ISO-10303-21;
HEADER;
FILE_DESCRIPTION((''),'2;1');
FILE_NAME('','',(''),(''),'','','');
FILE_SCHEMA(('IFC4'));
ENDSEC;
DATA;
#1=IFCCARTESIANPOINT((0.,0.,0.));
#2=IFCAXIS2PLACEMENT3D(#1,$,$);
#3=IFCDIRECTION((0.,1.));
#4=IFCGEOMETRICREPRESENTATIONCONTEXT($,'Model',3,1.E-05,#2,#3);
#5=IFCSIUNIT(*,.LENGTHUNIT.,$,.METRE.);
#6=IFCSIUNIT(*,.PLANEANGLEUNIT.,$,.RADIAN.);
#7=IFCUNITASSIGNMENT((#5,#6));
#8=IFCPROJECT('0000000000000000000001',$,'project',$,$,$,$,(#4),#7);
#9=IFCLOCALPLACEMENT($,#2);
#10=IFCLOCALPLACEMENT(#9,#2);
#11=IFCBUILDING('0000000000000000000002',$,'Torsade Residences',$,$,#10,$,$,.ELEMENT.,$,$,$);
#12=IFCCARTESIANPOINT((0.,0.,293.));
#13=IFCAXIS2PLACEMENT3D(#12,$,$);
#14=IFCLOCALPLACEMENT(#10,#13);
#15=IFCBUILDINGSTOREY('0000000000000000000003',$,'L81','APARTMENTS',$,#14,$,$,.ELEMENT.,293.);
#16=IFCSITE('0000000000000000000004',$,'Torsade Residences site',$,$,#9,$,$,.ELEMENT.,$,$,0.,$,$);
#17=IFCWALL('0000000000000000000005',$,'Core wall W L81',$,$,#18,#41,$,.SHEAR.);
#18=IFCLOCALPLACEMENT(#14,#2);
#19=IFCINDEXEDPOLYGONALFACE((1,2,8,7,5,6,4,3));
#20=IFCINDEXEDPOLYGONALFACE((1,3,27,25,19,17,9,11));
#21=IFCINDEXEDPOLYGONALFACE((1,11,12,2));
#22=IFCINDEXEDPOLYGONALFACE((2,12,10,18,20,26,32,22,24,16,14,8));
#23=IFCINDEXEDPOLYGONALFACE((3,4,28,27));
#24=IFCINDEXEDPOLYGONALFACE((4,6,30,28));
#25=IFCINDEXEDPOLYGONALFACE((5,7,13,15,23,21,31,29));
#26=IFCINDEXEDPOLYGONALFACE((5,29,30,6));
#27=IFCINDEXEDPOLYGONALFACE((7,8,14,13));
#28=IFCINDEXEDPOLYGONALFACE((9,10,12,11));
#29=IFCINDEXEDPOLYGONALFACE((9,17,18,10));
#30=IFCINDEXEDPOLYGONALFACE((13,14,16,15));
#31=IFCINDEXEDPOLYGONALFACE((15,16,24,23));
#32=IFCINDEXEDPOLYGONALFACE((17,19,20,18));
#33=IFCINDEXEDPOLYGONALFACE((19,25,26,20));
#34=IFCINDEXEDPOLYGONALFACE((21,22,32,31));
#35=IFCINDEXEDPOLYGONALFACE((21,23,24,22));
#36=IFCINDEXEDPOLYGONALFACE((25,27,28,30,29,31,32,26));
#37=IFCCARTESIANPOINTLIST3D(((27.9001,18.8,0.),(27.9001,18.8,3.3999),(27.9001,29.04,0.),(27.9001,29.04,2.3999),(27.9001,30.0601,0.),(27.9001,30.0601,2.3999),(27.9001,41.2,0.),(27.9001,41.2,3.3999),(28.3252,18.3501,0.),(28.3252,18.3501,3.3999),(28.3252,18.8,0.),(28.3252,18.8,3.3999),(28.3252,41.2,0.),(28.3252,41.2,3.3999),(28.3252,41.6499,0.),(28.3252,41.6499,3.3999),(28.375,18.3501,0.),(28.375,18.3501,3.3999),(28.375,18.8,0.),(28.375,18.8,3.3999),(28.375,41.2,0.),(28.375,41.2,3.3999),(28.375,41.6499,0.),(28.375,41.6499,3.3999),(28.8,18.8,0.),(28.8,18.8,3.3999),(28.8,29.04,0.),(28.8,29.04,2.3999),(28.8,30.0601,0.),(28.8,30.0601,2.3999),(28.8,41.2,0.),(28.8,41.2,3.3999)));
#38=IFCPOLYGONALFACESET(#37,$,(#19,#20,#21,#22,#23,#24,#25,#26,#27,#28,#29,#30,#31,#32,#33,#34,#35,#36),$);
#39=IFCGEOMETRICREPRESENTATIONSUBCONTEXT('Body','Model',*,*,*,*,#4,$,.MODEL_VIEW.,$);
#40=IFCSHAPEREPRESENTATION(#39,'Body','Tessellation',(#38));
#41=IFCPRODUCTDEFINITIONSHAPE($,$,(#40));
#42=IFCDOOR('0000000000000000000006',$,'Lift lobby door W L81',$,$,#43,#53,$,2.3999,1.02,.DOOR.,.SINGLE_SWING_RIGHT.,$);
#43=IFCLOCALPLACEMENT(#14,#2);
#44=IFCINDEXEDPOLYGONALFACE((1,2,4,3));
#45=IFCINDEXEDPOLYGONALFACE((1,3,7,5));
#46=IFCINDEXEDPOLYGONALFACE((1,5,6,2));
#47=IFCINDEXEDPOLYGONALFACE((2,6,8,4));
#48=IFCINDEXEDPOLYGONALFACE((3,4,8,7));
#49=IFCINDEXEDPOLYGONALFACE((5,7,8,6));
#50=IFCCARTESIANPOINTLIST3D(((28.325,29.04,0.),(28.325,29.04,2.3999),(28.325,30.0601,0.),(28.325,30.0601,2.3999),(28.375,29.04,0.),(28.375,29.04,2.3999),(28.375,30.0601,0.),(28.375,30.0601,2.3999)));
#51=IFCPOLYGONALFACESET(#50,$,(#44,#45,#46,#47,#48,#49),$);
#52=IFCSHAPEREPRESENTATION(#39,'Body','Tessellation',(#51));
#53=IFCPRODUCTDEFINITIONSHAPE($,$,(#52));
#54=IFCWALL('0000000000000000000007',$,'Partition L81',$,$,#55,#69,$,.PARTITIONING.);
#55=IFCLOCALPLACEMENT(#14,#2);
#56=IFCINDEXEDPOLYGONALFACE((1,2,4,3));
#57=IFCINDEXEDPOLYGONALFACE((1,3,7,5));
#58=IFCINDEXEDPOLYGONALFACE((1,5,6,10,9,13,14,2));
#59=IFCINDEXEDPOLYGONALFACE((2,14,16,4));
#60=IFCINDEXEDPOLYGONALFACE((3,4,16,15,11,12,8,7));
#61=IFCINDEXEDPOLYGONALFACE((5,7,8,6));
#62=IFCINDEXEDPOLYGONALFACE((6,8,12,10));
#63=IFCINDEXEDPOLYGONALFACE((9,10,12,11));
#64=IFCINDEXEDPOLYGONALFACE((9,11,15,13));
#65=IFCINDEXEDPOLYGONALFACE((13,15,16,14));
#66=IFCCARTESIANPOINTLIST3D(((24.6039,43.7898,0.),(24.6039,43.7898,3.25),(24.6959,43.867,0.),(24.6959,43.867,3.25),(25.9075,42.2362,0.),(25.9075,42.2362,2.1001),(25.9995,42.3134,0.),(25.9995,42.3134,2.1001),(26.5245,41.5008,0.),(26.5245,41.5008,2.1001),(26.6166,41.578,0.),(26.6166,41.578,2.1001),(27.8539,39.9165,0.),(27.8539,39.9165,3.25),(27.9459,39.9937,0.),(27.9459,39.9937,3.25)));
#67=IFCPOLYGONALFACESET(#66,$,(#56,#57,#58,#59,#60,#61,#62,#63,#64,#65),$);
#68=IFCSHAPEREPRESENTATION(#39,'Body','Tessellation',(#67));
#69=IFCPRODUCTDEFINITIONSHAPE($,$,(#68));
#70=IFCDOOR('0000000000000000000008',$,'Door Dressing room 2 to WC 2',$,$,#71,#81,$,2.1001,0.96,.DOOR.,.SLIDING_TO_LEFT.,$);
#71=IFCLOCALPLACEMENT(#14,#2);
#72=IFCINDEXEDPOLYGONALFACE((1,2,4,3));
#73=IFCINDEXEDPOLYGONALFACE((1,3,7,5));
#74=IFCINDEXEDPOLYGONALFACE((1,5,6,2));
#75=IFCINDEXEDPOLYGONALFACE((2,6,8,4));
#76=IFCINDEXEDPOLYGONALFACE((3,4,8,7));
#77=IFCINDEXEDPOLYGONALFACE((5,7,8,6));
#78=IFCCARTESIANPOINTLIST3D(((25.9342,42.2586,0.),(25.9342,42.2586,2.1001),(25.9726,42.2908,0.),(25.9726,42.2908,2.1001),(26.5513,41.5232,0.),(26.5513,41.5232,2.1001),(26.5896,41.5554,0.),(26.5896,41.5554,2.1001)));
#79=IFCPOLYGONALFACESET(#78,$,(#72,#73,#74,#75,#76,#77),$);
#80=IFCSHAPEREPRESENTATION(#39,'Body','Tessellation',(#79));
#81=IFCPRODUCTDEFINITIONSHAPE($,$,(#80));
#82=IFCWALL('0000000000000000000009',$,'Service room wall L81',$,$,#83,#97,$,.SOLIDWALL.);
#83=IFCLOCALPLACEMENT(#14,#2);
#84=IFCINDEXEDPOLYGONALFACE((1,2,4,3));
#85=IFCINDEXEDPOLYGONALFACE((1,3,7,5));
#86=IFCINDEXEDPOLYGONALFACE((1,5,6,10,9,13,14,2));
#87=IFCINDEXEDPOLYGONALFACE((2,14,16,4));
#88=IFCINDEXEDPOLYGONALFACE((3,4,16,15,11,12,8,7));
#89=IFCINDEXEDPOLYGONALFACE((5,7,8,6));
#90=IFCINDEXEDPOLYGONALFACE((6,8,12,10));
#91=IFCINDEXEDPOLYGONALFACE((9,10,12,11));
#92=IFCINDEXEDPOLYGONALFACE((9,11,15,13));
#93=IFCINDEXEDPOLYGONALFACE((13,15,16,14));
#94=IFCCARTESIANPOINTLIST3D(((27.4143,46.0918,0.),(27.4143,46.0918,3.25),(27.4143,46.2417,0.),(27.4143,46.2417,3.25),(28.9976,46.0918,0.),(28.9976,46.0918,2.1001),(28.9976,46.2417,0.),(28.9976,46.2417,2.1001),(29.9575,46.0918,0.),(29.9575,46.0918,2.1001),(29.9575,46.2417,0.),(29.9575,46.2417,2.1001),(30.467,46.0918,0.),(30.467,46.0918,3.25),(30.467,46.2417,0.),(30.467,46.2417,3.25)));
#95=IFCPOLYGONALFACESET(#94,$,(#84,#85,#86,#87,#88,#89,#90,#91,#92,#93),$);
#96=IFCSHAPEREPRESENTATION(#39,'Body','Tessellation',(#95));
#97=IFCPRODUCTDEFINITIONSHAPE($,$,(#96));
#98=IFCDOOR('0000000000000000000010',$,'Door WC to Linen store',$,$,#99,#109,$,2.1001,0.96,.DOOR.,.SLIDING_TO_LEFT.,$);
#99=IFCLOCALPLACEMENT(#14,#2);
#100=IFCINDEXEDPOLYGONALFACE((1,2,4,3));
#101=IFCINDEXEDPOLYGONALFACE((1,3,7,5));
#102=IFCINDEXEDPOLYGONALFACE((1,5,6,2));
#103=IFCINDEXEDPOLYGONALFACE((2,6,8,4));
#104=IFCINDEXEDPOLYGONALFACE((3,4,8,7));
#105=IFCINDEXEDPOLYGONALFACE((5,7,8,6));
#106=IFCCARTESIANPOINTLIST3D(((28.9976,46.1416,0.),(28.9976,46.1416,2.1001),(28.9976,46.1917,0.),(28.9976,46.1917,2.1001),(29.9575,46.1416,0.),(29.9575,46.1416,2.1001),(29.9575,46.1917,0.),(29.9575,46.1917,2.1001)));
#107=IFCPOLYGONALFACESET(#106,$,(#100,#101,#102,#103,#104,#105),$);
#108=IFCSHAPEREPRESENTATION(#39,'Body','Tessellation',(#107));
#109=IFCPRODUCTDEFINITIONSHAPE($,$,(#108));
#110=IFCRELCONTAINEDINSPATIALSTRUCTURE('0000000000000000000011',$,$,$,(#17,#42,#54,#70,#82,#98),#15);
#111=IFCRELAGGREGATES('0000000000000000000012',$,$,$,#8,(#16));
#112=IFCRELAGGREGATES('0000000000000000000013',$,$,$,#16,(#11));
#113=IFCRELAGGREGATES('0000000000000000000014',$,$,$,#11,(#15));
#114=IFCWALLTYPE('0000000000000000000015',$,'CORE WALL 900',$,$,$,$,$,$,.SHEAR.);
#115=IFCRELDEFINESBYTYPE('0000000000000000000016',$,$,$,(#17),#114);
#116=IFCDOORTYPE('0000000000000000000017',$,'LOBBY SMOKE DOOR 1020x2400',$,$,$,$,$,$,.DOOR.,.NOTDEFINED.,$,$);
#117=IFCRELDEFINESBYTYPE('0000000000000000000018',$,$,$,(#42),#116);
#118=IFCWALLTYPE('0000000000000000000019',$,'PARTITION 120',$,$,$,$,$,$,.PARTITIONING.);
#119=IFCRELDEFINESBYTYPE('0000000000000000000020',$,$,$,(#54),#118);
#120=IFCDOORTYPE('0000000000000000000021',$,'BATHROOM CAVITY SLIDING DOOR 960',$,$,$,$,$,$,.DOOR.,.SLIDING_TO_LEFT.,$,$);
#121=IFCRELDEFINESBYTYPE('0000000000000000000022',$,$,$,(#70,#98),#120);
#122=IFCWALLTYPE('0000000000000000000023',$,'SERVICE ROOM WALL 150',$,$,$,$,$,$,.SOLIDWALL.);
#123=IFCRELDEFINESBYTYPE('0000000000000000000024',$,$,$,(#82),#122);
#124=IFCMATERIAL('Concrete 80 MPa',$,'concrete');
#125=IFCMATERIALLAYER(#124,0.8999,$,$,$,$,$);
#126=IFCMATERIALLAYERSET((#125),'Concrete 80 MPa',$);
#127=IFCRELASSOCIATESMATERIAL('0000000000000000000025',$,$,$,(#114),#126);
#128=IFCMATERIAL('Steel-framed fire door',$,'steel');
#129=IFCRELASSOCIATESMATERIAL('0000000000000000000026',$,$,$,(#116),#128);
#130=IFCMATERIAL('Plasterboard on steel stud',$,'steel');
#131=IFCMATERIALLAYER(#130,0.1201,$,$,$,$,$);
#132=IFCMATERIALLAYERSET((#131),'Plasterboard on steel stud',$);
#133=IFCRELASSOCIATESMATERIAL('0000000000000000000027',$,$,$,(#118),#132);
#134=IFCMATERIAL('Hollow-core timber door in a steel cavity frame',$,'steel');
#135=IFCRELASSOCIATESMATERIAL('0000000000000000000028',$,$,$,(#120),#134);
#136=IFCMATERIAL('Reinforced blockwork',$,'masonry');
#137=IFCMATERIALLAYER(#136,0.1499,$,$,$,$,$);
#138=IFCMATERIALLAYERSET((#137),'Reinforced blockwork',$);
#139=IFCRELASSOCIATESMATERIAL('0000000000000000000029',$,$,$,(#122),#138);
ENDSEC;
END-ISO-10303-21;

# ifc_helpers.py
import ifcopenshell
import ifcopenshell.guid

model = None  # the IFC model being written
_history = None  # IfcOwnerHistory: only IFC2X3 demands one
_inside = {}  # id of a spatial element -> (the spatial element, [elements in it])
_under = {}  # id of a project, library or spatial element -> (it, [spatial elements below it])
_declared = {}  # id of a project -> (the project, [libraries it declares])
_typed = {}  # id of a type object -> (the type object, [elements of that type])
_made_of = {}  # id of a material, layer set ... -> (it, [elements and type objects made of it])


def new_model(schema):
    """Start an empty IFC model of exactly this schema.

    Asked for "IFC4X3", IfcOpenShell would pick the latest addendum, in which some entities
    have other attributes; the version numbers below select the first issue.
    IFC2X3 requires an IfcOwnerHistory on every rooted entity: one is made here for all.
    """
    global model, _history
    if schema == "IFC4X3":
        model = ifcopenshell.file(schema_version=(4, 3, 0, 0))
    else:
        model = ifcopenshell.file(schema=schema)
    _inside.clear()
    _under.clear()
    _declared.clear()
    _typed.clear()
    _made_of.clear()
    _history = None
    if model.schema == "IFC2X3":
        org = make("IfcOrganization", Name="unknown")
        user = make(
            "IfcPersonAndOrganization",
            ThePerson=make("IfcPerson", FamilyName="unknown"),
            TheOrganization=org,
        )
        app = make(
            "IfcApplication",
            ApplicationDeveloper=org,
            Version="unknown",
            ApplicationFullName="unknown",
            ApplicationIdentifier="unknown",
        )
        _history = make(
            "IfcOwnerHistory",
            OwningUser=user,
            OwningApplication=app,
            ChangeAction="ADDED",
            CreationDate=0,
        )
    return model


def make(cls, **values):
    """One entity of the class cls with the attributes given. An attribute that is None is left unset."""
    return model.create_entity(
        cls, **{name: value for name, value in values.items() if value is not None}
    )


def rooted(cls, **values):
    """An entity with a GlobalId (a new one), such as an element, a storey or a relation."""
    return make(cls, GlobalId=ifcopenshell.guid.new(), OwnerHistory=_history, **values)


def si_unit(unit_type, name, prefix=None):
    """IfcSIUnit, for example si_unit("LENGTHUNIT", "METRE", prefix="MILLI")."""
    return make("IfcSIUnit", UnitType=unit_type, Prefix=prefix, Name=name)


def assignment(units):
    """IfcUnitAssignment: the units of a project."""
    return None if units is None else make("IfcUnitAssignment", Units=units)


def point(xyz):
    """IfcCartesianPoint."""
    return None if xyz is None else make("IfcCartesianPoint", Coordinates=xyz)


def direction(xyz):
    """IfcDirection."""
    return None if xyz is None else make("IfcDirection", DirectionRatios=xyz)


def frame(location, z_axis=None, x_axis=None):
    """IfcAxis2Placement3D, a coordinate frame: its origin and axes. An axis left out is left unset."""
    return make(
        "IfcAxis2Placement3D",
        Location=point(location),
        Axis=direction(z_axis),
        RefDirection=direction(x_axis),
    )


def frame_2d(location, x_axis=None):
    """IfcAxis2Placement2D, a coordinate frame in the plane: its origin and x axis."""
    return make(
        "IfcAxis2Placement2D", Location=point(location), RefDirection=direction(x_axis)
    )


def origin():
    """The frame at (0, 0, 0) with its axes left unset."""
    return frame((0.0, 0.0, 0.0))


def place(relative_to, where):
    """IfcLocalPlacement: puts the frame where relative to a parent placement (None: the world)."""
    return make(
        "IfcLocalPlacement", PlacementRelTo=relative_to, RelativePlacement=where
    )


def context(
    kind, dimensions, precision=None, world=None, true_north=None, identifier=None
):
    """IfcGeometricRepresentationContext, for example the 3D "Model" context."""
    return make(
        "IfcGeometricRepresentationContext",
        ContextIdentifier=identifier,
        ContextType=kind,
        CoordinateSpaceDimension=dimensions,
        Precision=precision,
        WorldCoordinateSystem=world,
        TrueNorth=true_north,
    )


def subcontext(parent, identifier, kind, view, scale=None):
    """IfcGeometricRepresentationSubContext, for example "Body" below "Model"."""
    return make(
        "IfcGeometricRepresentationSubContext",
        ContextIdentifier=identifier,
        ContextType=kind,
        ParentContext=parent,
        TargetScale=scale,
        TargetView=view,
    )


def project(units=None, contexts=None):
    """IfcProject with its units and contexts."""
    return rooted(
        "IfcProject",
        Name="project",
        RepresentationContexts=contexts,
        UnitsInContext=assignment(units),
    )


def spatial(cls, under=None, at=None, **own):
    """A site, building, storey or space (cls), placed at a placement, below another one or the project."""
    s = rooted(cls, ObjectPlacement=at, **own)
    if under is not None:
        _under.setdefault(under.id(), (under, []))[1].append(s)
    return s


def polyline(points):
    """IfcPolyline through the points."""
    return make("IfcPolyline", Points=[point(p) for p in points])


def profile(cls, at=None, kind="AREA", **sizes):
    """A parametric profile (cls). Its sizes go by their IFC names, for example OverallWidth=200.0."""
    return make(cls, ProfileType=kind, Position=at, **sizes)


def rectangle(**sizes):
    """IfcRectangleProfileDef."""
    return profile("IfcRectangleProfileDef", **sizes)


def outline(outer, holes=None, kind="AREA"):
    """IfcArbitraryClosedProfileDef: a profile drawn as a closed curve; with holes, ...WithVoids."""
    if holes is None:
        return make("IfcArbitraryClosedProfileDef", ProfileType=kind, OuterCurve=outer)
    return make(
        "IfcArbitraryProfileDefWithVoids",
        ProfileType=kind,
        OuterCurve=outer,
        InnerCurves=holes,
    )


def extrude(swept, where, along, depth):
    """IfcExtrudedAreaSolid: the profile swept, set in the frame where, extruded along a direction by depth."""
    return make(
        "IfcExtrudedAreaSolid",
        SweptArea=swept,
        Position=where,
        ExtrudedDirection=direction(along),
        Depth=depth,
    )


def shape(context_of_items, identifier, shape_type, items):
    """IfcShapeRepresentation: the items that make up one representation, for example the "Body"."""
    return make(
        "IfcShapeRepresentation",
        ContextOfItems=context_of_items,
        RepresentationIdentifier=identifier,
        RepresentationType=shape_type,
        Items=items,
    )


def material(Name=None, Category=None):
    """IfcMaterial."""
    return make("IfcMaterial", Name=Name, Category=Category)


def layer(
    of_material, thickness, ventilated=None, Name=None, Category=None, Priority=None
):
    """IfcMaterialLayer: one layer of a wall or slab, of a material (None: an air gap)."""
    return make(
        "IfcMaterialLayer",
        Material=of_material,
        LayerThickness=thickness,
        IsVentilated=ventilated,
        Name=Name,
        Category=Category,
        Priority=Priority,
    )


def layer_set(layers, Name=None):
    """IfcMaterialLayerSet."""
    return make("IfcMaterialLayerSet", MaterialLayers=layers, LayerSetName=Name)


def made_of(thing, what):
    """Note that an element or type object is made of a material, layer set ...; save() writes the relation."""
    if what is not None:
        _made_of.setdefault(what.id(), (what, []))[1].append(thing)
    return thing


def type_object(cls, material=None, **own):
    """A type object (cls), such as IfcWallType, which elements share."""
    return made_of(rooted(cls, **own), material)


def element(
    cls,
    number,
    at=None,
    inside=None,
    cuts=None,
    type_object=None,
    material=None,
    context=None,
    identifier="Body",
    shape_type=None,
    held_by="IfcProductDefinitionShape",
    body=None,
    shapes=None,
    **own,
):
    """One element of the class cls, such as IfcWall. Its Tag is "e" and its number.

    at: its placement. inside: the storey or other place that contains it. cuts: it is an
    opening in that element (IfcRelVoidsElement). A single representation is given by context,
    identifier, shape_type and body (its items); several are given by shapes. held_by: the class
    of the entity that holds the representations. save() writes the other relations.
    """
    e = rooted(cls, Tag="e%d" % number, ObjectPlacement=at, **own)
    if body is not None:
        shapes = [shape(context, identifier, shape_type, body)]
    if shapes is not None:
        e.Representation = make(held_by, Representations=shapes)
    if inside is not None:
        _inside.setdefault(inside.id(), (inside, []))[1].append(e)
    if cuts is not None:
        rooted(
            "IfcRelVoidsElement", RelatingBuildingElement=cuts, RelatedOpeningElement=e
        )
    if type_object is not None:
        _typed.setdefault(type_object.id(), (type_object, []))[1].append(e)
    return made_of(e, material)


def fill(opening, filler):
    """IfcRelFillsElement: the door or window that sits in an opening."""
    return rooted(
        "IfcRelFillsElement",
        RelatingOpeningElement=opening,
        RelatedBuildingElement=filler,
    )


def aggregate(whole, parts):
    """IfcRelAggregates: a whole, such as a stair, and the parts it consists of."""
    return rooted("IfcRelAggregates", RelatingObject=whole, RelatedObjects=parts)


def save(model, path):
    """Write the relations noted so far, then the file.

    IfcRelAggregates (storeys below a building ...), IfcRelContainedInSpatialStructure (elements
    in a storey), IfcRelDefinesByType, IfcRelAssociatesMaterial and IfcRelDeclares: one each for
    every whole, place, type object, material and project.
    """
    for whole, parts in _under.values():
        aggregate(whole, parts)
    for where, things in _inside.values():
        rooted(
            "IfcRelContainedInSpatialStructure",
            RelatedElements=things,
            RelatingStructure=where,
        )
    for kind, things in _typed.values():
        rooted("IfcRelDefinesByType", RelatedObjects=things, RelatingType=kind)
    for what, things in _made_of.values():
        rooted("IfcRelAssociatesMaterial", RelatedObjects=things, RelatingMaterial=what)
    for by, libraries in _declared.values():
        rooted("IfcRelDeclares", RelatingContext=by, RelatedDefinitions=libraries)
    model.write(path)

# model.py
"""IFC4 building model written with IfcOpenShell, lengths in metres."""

from ifc_helpers import new_model, si_unit, direction, frame, frame_2d, origin, place, context, subcontext, project, spatial, polyline, rectangle, outline, extrude, material, layer, layer_set, type_object, element, fill, save


model = new_model("IFC4")

# Units and contexts
model_context = context("Model", 3, precision=1e-05, world=origin(), true_north=direction((0.0, 1.0)))
body_context = subcontext(model_context, "Body", "Model", "MODEL_VIEW")
ifc_project = project(units=[si_unit("LENGTHUNIT", "METRE"), si_unit("PLANEANGLEUNIT", "RADIAN")], contexts=[model_context])

# Site, building, storey
site_placement = place(None, origin())
site = spatial("IfcSite", under=ifc_project, at=site_placement, Name="Torsade Residences site", CompositionType="ELEMENT", RefElevation=0.0)
building_placement = place(site_placement, origin())
building = spatial("IfcBuilding", under=site, at=building_placement, Name="Torsade Residences", CompositionType="ELEMENT")
storey_placement = place(building_placement, frame((0.0, 0.0, 293.0)))
storey = spatial("IfcBuildingStorey", under=building, at=storey_placement, Name="L81", Description="APARTMENTS", CompositionType="ELEMENT", Elevation=293.0)

# Walls, openings, doors
ifc_material_1 = material(Name="Concrete 80 MPa", Category="concrete")
ifc_layer_1 = layer(ifc_material_1, 0.8999)
ifc_layer_set_1 = layer_set([ifc_layer_1], Name="Concrete 80 MPa")
wall_type_1 = type_object("IfcWallType", Name="CORE WALL 900", PredefinedType="SHEAR", material=ifc_layer_set_1)
wall_1_placement = place(storey_placement, frame((28.3501, 41.2, 0.0), z_axis=(0.0, 0.0, 1.0), x_axis=(0.0, -1.0, 0.0)))
wall_1 = element("IfcWall", 1, at=wall_1_placement, inside=storey, type_object=wall_type_1, Name="Core wall W L81", PredefinedType="SHEAR", context=body_context, shape_type="SweptSolid", body=[
    extrude(outline(polyline([(0.0, -0.45), (22.3999, -0.45), (22.3999, -0.0249), (22.8499, -0.0249), (22.8499, 0.0249), (22.3999, 0.0249), (22.3999, 0.45), (0.0, 0.45), (0.0, 0.0249), (-0.45, 0.0249), (-0.45, -0.0249), (0.0, -0.0249), (0.0, -0.45)])), origin(), (0.0, 0.0, 1.0), 3.3999),
])
opening_1_placement = place(wall_1_placement, frame((11.1399, 0.0, 0.0)))
opening_1 = element("IfcOpeningElement", 2, at=opening_1_placement, cuts=wall_1, PredefinedType="OPENING", context=body_context, shape_type="SweptSolid", body=[
    extrude(rectangle(XDim=1.02, YDim=2.3999, at=frame_2d((0.51, 1.2))), frame((0.0, 0.46, 0.0), z_axis=(0.0, -1.0, 0.0), x_axis=(1.0, 0.0, 0.0)), (0.0, 0.0, 1.0), 0.9199),
])
ifc_material_2 = material(Name="Steel-framed fire door", Category="steel")
door_type_1 = type_object("IfcDoorType", Name="LOBBY SMOKE DOOR 1020x2400", OperationType="NOTDEFINED", PredefinedType="DOOR", material=ifc_material_2)
door_1_placement = place(opening_1_placement, origin())
door_1 = element("IfcDoor", 3, at=door_1_placement, inside=storey, type_object=door_type_1, Name="Lift lobby door W L81", OperationType="SINGLE_SWING_RIGHT", OverallHeight=2.3999, OverallWidth=1.02, PredefinedType="DOOR", context=body_context, shape_type="SweptSolid", body=[
    extrude(rectangle(XDim=1.02, YDim=2.3999, at=frame_2d((0.51, 1.2))), frame((0.0, 0.0249, 0.0), z_axis=(0.0, -1.0, 0.0), x_axis=(1.0, 0.0, 0.0)), (0.0, 0.0, 1.0), 0.05),
])
fill(opening_1, door_1)
ifc_material_3 = material(Name="Plasterboard on steel stud", Category="steel")
ifc_layer_2 = layer(ifc_material_3, 0.1201)
ifc_layer_set_2 = layer_set([ifc_layer_2], Name="Plasterboard on steel stud")
wall_type_2 = type_object("IfcWallType", Name="PARTITION 120", PredefinedType="PARTITIONING", material=ifc_layer_set_2)
wall_2_placement = place(storey_placement, frame((24.6499, 43.8284, 0.0), z_axis=(0.0, 0.0, 1.0), x_axis=(0.642779, -0.766052, 0.0)))
wall_2 = element("IfcWall", 4, at=wall_2_placement, inside=storey, type_object=wall_type_2, Name="Partition L81", PredefinedType="PARTITIONING", context=body_context, shape_type="SweptSolid", body=[
    extrude(rectangle(XDim=5.0562, YDim=0.1201, at=frame_2d((2.5281, 0.0))), origin(), (0.0, 0.0, 1.0), 3.25),
])
opening_2_placement = place(wall_2_placement, frame((2.0281, 0.0, 0.0)))
opening_2 = element("IfcOpeningElement", 5, at=opening_2_placement, cuts=wall_2, PredefinedType="OPENING", context=body_context, shape_type="SweptSolid", body=[
    extrude(rectangle(XDim=0.96, YDim=2.1001, at=frame_2d((0.48, 1.05))), frame((0.0, 0.0701, 0.0), z_axis=(0.0, -1.0, 0.0), x_axis=(1.0, 0.0, 0.0)), (0.0, 0.0, 1.0), 0.1401),
])
ifc_material_4 = material(Name="Hollow-core timber door in a steel cavity frame", Category="steel")
door_type_2 = type_object("IfcDoorType", Name="BATHROOM CAVITY SLIDING DOOR 960", OperationType="SLIDING_TO_LEFT", PredefinedType="DOOR", material=ifc_material_4)
door_2_placement = place(opening_2_placement, origin())
door_2 = element("IfcDoor", 6, at=door_2_placement, inside=storey, type_object=door_type_2, Name="Door Dressing room 2 to WC 2", OperationType="SLIDING_TO_LEFT", OverallHeight=2.1001, OverallWidth=0.96, PredefinedType="DOOR", context=body_context, shape_type="SweptSolid", body=[
    extrude(rectangle(XDim=0.96, YDim=2.1001, at=frame_2d((0.48, 1.05))), frame((0.0, 0.0249, 0.0), z_axis=(0.0, -1.0, 0.0), x_axis=(1.0, 0.0, 0.0)), (0.0, 0.0, 1.0), 0.05),
])
fill(opening_2, door_2)
ifc_material_5 = material(Name="Reinforced blockwork", Category="masonry")
ifc_layer_3 = layer(ifc_material_5, 0.1499)
ifc_layer_set_3 = layer_set([ifc_layer_3], Name="Reinforced blockwork")
wall_type_3 = type_object("IfcWallType", Name="SERVICE ROOM WALL 150", PredefinedType="SOLIDWALL", material=ifc_layer_set_3)
wall_3_placement = place(storey_placement, frame((27.4143, 46.1667, 0.0), z_axis=(0.0, 0.0, 1.0), x_axis=(1.0, 0.0, 0.0)))
wall_3 = element("IfcWall", 7, at=wall_3_placement, inside=storey, type_object=wall_type_3, Name="Service room wall L81", PredefinedType="SOLIDWALL", context=body_context, shape_type="SweptSolid", body=[
    extrude(rectangle(XDim=3.0527, YDim=0.1499, at=frame_2d((1.5264, 0.0))), origin(), (0.0, 0.0, 1.0), 3.25),
])
opening_3_placement = place(wall_3_placement, frame((1.5833, 0.0, 0.0)))
opening_3 = element("IfcOpeningElement", 8, at=opening_3_placement, cuts=wall_3, PredefinedType="OPENING", context=body_context, shape_type="SweptSolid", body=[
    extrude(rectangle(XDim=0.96, YDim=2.1001, at=frame_2d((0.48, 1.05))), frame((0.0, 0.085, 0.0), z_axis=(0.0, -1.0, 0.0), x_axis=(1.0, 0.0, 0.0)), (0.0, 0.0, 1.0), 0.1699),
])
door_3_placement = place(opening_3_placement, origin())
door_3 = element("IfcDoor", 9, at=door_3_placement, inside=storey, type_object=door_type_2, Name="Door WC to Linen store", OperationType="SLIDING_TO_LEFT", OverallHeight=2.1001, OverallWidth=0.96, PredefinedType="DOOR", context=body_context, shape_type="SweptSolid", body=[
    extrude(rectangle(XDim=0.96, YDim=2.1001, at=frame_2d((0.48, 1.05))), frame((0.0, 0.0249, 0.0), z_axis=(0.0, -1.0, 0.0), x_axis=(1.0, 0.0, 0.0)), (0.0, 0.0, 1.0), 0.05),
])
fill(opening_3, door_3)

save(model, "model.ifc")
